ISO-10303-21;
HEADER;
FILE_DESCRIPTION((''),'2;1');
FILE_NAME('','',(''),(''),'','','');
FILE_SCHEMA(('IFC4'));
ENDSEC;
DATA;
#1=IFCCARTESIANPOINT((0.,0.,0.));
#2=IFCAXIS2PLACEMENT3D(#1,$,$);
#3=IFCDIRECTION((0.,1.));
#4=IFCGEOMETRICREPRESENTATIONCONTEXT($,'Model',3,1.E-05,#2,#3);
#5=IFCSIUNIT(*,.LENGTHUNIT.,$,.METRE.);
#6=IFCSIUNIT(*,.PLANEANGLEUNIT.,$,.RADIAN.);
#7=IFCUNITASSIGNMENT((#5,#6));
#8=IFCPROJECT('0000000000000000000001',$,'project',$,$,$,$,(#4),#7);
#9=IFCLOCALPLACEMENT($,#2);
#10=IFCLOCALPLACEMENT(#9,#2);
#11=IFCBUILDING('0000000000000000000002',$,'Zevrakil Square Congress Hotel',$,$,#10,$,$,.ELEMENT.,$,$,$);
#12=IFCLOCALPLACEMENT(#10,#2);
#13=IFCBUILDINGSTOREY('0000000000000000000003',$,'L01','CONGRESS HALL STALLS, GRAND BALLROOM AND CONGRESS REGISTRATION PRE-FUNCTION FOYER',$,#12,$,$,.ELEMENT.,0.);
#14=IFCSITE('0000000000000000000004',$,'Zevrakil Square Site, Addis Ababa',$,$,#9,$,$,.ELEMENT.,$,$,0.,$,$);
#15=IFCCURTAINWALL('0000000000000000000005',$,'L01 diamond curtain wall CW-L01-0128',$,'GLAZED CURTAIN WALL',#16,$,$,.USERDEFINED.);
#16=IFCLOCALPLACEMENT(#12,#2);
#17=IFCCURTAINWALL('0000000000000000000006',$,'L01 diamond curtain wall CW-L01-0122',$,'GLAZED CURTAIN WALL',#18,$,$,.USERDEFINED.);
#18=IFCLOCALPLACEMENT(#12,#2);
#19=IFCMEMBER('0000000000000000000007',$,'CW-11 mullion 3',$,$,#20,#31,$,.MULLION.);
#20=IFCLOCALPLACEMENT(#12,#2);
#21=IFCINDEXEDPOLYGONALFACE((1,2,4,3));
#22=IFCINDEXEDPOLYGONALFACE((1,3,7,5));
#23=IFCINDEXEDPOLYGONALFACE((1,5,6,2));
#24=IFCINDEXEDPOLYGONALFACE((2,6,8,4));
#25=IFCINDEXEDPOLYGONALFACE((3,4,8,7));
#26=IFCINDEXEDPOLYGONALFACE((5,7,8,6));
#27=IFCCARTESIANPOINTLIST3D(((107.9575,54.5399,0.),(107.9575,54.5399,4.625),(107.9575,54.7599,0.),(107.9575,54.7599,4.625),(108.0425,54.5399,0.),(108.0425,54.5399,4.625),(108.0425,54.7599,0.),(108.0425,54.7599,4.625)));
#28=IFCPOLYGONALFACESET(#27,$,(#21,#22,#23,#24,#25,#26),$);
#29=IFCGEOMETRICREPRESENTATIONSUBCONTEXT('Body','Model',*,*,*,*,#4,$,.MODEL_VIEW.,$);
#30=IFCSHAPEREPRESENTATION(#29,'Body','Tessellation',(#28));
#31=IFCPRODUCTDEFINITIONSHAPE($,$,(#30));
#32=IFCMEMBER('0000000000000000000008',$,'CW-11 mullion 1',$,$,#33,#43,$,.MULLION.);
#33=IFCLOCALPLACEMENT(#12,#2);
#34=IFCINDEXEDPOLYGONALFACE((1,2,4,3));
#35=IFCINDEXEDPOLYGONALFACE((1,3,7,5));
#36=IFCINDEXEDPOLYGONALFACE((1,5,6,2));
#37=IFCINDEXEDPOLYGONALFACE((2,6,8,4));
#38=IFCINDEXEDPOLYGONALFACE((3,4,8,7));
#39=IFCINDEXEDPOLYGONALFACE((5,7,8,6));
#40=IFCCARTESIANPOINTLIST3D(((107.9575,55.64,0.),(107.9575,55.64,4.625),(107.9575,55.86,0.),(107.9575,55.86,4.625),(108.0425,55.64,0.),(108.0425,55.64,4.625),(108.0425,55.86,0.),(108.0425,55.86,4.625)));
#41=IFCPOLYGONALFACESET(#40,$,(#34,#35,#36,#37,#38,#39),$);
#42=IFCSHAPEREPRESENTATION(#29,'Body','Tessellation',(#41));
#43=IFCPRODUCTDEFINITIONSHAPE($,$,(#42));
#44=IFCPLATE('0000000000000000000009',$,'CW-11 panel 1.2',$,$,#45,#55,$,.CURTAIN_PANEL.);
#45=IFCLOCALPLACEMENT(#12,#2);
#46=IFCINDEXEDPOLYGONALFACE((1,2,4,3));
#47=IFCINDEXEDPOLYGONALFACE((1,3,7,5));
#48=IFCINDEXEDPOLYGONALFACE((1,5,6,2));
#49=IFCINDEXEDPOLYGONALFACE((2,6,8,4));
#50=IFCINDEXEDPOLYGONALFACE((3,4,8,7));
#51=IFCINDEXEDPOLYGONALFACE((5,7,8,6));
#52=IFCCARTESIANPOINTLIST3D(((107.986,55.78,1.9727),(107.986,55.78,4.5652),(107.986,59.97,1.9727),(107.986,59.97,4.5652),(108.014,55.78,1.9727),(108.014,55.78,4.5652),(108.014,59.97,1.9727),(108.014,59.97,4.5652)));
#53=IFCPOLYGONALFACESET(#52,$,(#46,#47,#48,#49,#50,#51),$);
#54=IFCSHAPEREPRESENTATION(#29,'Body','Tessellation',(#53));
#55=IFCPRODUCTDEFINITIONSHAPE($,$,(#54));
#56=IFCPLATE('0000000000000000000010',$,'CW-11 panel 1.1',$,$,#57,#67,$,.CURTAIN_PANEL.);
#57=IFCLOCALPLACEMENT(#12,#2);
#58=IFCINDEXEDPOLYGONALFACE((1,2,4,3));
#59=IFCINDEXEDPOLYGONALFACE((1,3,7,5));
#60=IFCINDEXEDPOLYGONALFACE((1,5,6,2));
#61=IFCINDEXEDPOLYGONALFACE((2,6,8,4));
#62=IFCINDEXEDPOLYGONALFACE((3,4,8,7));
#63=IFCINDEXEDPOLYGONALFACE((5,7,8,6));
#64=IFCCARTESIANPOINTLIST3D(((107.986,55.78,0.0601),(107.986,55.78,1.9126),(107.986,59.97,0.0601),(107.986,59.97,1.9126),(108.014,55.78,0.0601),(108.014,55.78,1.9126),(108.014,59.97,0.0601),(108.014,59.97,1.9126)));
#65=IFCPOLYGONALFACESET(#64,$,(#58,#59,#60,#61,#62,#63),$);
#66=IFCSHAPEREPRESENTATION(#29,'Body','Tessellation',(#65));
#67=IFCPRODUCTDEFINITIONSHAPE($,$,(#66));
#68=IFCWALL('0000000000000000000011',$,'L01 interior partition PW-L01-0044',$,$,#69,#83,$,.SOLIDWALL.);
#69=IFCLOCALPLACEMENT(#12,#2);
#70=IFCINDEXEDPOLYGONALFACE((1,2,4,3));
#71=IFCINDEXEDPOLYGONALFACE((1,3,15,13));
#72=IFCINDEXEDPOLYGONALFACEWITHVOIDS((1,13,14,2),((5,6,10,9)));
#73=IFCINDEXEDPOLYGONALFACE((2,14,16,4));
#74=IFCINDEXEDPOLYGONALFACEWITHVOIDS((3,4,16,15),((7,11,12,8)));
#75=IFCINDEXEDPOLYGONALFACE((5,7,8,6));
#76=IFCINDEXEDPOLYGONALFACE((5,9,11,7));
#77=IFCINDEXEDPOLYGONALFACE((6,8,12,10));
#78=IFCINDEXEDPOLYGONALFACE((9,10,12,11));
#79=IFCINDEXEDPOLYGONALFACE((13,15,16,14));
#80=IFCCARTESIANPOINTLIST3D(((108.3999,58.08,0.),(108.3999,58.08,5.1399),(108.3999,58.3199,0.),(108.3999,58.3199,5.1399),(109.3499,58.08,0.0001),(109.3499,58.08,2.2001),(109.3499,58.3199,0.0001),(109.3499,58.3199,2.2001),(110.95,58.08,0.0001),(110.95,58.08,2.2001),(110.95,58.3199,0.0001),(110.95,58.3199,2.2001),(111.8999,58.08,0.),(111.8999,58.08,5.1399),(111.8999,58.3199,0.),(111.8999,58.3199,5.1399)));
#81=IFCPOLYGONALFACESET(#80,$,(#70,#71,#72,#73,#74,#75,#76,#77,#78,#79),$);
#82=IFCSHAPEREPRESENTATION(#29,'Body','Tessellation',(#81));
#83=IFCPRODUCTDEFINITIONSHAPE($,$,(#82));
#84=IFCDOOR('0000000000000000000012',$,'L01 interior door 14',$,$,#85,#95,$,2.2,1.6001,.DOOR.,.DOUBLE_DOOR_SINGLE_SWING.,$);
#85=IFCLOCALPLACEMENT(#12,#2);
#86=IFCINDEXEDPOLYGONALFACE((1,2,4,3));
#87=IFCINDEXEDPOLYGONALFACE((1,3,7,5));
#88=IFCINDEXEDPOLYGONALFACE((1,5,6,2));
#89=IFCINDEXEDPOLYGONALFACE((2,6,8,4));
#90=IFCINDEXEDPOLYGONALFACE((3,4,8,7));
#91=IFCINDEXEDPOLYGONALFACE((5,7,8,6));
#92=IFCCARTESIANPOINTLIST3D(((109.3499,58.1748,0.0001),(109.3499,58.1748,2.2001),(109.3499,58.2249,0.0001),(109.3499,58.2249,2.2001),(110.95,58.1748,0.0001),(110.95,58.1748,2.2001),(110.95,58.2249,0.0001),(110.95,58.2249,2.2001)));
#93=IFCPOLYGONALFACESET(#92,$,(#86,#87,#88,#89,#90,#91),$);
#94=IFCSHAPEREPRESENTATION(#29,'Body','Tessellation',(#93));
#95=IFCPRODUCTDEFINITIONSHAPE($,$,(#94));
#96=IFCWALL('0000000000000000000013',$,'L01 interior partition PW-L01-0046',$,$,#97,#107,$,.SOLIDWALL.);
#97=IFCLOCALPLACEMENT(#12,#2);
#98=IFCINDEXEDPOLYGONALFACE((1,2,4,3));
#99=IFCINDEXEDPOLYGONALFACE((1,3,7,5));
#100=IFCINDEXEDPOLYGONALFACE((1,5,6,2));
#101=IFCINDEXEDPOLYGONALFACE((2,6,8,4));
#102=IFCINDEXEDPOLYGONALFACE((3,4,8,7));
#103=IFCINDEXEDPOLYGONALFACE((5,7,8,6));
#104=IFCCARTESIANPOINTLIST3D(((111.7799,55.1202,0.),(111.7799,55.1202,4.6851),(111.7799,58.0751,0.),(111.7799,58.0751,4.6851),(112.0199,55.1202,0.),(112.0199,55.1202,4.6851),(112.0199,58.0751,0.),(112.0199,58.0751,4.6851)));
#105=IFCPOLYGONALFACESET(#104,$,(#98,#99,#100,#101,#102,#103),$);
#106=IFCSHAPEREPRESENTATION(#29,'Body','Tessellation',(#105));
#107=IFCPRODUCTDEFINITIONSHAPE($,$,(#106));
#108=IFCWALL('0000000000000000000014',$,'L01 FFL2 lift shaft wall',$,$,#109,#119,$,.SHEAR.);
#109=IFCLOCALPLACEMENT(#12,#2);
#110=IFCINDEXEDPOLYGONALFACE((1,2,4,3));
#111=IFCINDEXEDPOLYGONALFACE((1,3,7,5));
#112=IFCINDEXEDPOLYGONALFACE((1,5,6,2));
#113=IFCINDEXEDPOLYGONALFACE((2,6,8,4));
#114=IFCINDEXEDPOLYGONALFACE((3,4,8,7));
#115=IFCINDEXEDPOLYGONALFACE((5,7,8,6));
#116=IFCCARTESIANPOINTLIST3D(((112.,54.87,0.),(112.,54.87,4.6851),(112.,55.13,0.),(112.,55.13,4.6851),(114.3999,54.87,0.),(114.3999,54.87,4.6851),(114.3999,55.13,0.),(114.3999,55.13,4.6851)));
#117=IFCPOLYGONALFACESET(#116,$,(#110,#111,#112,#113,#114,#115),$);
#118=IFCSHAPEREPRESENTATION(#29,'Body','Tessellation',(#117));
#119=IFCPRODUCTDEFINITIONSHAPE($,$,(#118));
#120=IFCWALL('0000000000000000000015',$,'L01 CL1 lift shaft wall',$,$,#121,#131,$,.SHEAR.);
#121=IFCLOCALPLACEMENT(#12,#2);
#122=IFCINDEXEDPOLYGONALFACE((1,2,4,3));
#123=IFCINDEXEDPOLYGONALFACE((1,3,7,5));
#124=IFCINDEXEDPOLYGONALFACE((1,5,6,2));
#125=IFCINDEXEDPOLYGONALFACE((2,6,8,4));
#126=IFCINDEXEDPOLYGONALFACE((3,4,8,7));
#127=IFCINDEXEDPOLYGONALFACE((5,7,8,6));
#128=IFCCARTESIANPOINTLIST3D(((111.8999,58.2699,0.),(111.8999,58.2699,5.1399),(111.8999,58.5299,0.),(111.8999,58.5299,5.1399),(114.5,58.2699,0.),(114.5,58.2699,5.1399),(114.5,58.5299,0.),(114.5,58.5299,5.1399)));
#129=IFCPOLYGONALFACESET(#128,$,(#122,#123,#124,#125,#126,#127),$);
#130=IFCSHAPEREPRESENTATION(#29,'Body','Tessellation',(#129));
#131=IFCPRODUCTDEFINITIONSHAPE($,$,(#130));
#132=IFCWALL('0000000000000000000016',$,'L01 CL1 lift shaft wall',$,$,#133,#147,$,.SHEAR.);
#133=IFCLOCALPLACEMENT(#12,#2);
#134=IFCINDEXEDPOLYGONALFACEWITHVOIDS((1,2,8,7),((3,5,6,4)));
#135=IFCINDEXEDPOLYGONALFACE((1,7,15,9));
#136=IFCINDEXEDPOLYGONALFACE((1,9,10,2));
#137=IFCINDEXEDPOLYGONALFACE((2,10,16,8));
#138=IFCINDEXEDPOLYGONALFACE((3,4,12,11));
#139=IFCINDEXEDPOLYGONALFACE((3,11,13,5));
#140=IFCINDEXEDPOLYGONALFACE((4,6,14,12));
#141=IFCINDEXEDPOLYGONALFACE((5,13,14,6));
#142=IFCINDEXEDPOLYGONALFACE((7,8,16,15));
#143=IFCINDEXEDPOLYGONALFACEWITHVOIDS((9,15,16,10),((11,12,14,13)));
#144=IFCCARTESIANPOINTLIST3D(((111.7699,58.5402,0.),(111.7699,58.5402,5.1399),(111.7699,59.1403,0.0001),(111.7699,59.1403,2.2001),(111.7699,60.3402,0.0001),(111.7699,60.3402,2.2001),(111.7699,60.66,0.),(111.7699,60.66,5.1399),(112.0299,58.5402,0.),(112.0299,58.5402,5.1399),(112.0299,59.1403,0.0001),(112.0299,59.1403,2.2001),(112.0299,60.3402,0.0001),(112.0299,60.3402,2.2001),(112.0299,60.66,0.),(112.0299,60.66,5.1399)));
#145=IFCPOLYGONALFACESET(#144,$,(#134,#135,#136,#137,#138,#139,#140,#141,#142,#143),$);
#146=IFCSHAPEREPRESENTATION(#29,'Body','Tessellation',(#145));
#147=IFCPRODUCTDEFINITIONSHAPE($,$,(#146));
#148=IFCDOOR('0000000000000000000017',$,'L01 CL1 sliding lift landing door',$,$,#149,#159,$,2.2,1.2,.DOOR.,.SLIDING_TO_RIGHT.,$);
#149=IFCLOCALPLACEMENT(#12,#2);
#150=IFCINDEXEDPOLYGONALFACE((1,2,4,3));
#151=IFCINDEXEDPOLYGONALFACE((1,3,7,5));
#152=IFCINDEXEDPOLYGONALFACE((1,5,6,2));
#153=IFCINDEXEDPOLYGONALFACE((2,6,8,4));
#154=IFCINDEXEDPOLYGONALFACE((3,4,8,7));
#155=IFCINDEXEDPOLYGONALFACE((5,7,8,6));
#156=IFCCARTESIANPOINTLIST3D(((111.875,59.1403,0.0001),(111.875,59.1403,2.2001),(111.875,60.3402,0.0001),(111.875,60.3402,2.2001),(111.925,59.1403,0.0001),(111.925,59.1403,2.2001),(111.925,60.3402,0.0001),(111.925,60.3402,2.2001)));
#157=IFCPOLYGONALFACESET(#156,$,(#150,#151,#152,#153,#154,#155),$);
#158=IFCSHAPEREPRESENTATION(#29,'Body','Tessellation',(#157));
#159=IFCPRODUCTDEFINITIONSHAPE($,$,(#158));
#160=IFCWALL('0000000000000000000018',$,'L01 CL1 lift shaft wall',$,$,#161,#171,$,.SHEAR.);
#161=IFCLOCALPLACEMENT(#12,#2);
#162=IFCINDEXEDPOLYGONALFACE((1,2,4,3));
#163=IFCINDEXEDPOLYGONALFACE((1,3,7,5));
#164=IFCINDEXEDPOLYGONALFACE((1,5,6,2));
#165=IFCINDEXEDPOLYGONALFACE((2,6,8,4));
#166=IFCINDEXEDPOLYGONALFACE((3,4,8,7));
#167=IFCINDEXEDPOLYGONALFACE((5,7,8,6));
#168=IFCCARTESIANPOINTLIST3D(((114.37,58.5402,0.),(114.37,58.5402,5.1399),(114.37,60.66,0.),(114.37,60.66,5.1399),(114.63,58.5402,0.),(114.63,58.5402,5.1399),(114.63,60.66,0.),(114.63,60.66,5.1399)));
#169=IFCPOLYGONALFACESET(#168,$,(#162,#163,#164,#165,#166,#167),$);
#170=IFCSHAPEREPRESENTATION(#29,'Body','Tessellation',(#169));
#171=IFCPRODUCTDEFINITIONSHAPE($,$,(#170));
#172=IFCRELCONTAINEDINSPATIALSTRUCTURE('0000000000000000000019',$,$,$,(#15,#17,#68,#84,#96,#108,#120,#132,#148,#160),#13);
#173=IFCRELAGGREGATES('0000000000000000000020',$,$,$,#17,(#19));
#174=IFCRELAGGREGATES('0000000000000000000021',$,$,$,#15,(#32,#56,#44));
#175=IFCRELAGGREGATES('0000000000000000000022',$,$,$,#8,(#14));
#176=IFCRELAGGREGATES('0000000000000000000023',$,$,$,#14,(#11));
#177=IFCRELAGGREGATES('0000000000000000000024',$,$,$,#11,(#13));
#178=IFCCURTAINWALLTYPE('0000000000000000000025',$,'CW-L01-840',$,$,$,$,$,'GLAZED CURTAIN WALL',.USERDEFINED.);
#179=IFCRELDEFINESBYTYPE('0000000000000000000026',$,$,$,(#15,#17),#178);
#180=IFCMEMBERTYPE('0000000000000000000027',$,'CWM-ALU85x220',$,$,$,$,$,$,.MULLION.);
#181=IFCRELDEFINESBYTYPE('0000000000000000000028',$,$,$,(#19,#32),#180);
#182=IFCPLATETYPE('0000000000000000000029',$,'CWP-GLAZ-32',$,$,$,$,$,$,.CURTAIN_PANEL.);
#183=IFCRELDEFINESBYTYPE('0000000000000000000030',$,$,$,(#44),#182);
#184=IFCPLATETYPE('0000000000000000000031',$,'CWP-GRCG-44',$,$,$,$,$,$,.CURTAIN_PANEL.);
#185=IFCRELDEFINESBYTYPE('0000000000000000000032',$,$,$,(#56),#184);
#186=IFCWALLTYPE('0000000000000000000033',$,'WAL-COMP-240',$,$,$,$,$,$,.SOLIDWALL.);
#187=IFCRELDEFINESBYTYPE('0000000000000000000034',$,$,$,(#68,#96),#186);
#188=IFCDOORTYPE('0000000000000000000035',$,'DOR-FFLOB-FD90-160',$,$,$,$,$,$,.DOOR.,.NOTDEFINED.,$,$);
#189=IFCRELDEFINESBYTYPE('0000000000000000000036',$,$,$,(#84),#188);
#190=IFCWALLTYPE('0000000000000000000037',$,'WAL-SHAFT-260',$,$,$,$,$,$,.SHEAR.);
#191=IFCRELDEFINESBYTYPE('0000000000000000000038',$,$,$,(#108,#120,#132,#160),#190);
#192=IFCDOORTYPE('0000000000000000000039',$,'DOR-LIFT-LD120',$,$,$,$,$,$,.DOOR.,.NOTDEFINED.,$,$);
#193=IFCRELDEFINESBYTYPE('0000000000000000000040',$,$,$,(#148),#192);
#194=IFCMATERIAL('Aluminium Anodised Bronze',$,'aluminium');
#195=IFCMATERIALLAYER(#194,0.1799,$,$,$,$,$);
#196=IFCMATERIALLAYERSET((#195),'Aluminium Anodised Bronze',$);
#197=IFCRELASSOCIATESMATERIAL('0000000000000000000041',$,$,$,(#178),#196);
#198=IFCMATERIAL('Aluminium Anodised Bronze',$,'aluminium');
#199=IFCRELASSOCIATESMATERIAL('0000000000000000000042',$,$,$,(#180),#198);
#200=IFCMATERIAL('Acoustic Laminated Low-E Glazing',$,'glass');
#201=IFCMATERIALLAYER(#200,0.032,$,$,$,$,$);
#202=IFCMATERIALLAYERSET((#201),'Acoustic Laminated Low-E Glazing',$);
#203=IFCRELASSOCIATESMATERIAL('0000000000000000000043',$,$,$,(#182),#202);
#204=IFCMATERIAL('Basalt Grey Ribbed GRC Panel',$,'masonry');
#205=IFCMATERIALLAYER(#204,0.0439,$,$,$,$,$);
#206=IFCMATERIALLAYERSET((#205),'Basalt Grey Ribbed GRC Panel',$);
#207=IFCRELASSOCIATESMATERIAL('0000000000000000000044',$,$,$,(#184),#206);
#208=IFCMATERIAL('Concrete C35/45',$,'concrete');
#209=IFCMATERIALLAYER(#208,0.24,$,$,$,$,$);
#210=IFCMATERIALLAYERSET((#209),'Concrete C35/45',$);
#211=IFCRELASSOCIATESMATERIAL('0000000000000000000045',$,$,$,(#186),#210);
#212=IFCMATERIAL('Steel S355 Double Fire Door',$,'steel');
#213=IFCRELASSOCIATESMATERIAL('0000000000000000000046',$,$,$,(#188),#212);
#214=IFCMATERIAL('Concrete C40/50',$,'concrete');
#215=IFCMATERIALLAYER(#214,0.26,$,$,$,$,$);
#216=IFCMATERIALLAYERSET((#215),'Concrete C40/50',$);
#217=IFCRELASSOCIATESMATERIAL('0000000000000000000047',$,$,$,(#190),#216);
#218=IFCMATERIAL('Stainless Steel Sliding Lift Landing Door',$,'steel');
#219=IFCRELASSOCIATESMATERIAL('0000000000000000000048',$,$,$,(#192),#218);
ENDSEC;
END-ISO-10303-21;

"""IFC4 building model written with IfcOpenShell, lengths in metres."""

from ifc_helpers import new_model, si_unit, direction, frame, frame_2d, origin, origin_2d, place, context, subcontext, project, spatial, rectangle, extrude, material, layer, layer_set, material_profile, profile_set, type_object, element, fill, aggregate, save


model = new_model("IFC4")

# Units and contexts
model_context = context("Model", 3, precision=1e-05, world=origin(), true_north=direction((0.0, 1.0)))
body_context = subcontext(model_context, "Body", "Model", "MODEL_VIEW")
ifc_project = project(units=[si_unit("LENGTHUNIT", "METRE"), si_unit("PLANEANGLEUNIT", "RADIAN")], contexts=[model_context])

# Site, building, storey
site_placement = place(None, origin())
site = spatial("IfcSite", under=ifc_project, at=site_placement, Name="Zevrakil Square Site, Addis Ababa", CompositionType="ELEMENT", RefElevation=0.0)
building_placement = place(site_placement, origin())
building = spatial("IfcBuilding", under=site, at=building_placement, Name="Zevrakil Square Congress Hotel", CompositionType="ELEMENT")
storey_placement = place(building_placement, origin())
storey = spatial("IfcBuildingStorey", under=building, at=storey_placement, Name="L01", Description="CONGRESS HALL STALLS, GRAND BALLROOM AND CONGRESS REGISTRATION PRE-FUNCTION FOYER", CompositionType="ELEMENT", Elevation=0.0)

# Curtain wall
ifc_material_1 = material(Name="Aluminium Anodised Bronze", Category="aluminium")
ifc_layer_1 = layer(ifc_material_1, 0.1799)
ifc_layer_set_1 = layer_set([ifc_layer_1], Name="Aluminium Anodised Bronze")
curtain_wall_type = type_object("IfcCurtainWallType", Name="CW-L01-840", ElementType="GLAZED CURTAIN WALL", PredefinedType="USERDEFINED", material=ifc_layer_set_1)
curtain_wall_1_placement = place(storey_placement, origin())
curtain_wall_1 = element("IfcCurtainWall", 1, at=curtain_wall_1_placement, inside=storey, type_object=curtain_wall_type, Name="L01 diamond curtain wall CW-L01-0128", ObjectType="GLAZED CURTAIN WALL", PredefinedType="USERDEFINED")

# Curtain wall, member
curtain_wall_2_placement = place(storey_placement, origin())
curtain_wall_2 = element("IfcCurtainWall", 2, at=curtain_wall_2_placement, inside=storey, type_object=curtain_wall_type, Name="L01 diamond curtain wall CW-L01-0122", ObjectType="GLAZED CURTAIN WALL", PredefinedType="USERDEFINED")
ifc_material_2 = material(Name="Aluminium Anodised Bronze", Category="aluminium")
ifc_material_profile_1 = material_profile(ifc_material_2, rectangle(XDim=0.085, YDim=0.22, at=origin_2d()), Name="ALU 85x220")
ifc_profile_set_1 = profile_set([ifc_material_profile_1], Name="Aluminium Anodised Bronze")
member_type_1 = type_object("IfcMemberType", Name="CWM-ALU85x220", PredefinedType="MULLION", material=ifc_profile_set_1)
member_1_placement = place(storey_placement, frame((108.0, 54.6499, 0.0), z_axis=(0.0, 0.0, 1.0), x_axis=(-1.0, 0.0, 0.0)))
member_1 = element("IfcMember", 3, at=member_1_placement, type_object=member_type_1, Name="CW-11 mullion 3", PredefinedType="MULLION", context=body_context, shape_type="SweptSolid", body=[
    extrude(rectangle(XDim=0.085, YDim=0.22, at=origin_2d()), origin(), (0.0, 0.0, 1.0), 4.625),
])
aggregate(curtain_wall_2, [member_1])

# Member
member_2_placement = place(storey_placement, frame((108.0, 55.75, 0.0), z_axis=(0.0, 0.0, 1.0), x_axis=(-1.0, 0.0, 0.0)))
member_2 = element("IfcMember", 4, at=member_2_placement, type_object=member_type_1, Name="CW-11 mullion 1", PredefinedType="MULLION", context=body_context, shape_type="SweptSolid", body=[
    extrude(rectangle(XDim=0.085, YDim=0.22, at=origin_2d()), origin(), (0.0, 0.0, 1.0), 4.625),
])

# Plates
ifc_material_3 = material(Name="Acoustic Laminated Low-E Glazing", Category="glass")
ifc_layer_2 = layer(ifc_material_3, 0.032)
ifc_layer_set_2 = layer_set([ifc_layer_2], Name="Acoustic Laminated Low-E Glazing")
plate_type_1 = type_object("IfcPlateType", Name="CWP-GLAZ-32", PredefinedType="CURTAIN_PANEL", material=ifc_layer_set_2)
plate_1_placement = place(storey_placement, frame((108.0, 57.875, 1.9727), z_axis=(0.0, 0.0, 1.0), x_axis=(0.0, 1.0, 0.0)))
plate_1 = element("IfcPlate", 5, at=plate_1_placement, type_object=plate_type_1, Name="CW-11 panel 1.2", PredefinedType="CURTAIN_PANEL", context=body_context, shape_type="SweptSolid", body=[
    extrude(rectangle(XDim=4.1899, YDim=0.0281, at=origin_2d()), origin(), (0.0, 0.0, 1.0), 2.5925),
])
ifc_material_4 = material(Name="Basalt Grey Ribbed GRC Panel", Category="masonry")
ifc_layer_3 = layer(ifc_material_4, 0.0439)
ifc_layer_set_3 = layer_set([ifc_layer_3], Name="Basalt Grey Ribbed GRC Panel")
plate_type_2 = type_object("IfcPlateType", Name="CWP-GRCG-44", PredefinedType="CURTAIN_PANEL", material=ifc_layer_set_3)
plate_2_placement = place(storey_placement, frame((108.0, 57.875, 0.0601), z_axis=(0.0, 0.0, 1.0), x_axis=(0.0, 1.0, 0.0)))
plate_2 = element("IfcPlate", 6, at=plate_2_placement, type_object=plate_type_2, Name="CW-11 panel 1.1", PredefinedType="CURTAIN_PANEL", context=body_context, shape_type="SweptSolid", body=[
    extrude(rectangle(XDim=4.1899, YDim=0.0281, at=origin_2d()), origin(), (0.0, 0.0, 1.0), 1.8525),
])
aggregate(curtain_wall_1, [member_2, plate_2, plate_1])

# Wall, opening, door
ifc_material_5 = material(Name="Concrete C35/45", Category="concrete")
ifc_layer_4 = layer(ifc_material_5, 0.24)
ifc_layer_set_4 = layer_set([ifc_layer_4], Name="Concrete C35/45")
wall_type_1 = type_object("IfcWallType", Name="WAL-COMP-240", PredefinedType="SOLIDWALL", material=ifc_layer_set_4)
wall_1_placement = place(storey_placement, frame((108.3999, 58.2, 0.0), z_axis=(0.0, 0.0, 1.0), x_axis=(1.0, 0.0, 0.0)))
wall_1 = element("IfcWall", 7, at=wall_1_placement, inside=storey, type_object=wall_type_1, Name="L01 interior partition PW-L01-0044", PredefinedType="SOLIDWALL", context=body_context, shape_type="SweptSolid", body=[
    extrude(rectangle(XDim=3.5, YDim=0.24, at=frame_2d((1.75, 0.0))), origin(), (0.0, 0.0, 1.0), 5.1399),
])
opening_1_placement = place(wall_1_placement, frame((0.95, 0.0, 0.0)))
opening_1 = element("IfcOpeningElement", 8, at=opening_1_placement, cuts=wall_1, PredefinedType="OPENING", context=body_context, shape_type="SweptSolid", body=[
    extrude(rectangle(XDim=1.6001, YDim=2.2, at=frame_2d((0.8, 1.1001))), frame((0.0, 0.1299, 0.0), z_axis=(0.0, -1.0, 0.0), x_axis=(1.0, 0.0, 0.0)), (0.0, 0.0, 1.0), 0.26),
])
ifc_material_6 = material(Name="Steel S355 Double Fire Door", Category="steel")
door_type_1 = type_object("IfcDoorType", Name="DOR-FFLOB-FD90-160", OperationType="NOTDEFINED", PredefinedType="DOOR", material=ifc_material_6)
door_1_placement = place(opening_1_placement, origin())
door_1 = element("IfcDoor", 9, at=door_1_placement, inside=storey, type_object=door_type_1, Name="L01 interior door 14", OperationType="DOUBLE_DOOR_SINGLE_SWING", OverallHeight=2.2, OverallWidth=1.6001, PredefinedType="DOOR", context=body_context, shape_type="SweptSolid", body=[
    extrude(rectangle(XDim=1.6001, YDim=2.2, at=frame_2d((0.8, 1.1001))), frame((0.0, 0.0249, 0.0), z_axis=(0.0, -1.0, 0.0), x_axis=(1.0, 0.0, 0.0)), (0.0, 0.0, 1.0), 0.05),
])
fill(opening_1, door_1)

# Walls
wall_2_placement = place(storey_placement, frame((111.8999, 55.1201, 0.0), z_axis=(0.0, 0.0, 1.0), x_axis=(0.0, 1.0, 0.0)))
element("IfcWall", 10, at=wall_2_placement, inside=storey, type_object=wall_type_1, Name="L01 interior partition PW-L01-0046", PredefinedType="SOLIDWALL", context=body_context, shape_type="SweptSolid", body=[
    extrude(rectangle(XDim=2.9548, YDim=0.24, at=frame_2d((1.4775, 0.0))), origin(), (0.0, 0.0, 1.0), 4.6851),
])
ifc_material_7 = material(Name="Concrete C40/50", Category="concrete")
ifc_layer_5 = layer(ifc_material_7, 0.26)
ifc_layer_set_5 = layer_set([ifc_layer_5], Name="Concrete C40/50")
wall_type_2 = type_object("IfcWallType", Name="WAL-SHAFT-260", PredefinedType="SHEAR", material=ifc_layer_set_5)
wall_3_placement = place(storey_placement, frame((112.0, 55.0, 0.0), z_axis=(0.0, 0.0, 1.0), x_axis=(1.0, 0.0, 0.0)))
element("IfcWall", 11, at=wall_3_placement, inside=storey, type_object=wall_type_2, Name="L01 FFL2 lift shaft wall", PredefinedType="SHEAR", context=body_context, shape_type="SweptSolid", body=[
    extrude(rectangle(XDim=2.3999, YDim=0.26, at=frame_2d((1.2, 0.0))), origin(), (0.0, 0.0, 1.0), 4.6851),
])
wall_4_placement = place(storey_placement, frame((111.8999, 58.3999, 0.0), z_axis=(0.0, 0.0, 1.0), x_axis=(1.0, 0.0, 0.0)))
element("IfcWall", 12, at=wall_4_placement, inside=storey, type_object=wall_type_2, Name="L01 CL1 lift shaft wall", PredefinedType="SHEAR", context=body_context, shape_type="SweptSolid", body=[
    extrude(rectangle(XDim=2.6001, YDim=0.26, at=frame_2d((1.3, 0.0))), origin(), (0.0, 0.0, 1.0), 5.1399),
])

# Wall, opening, door
wall_5_placement = place(storey_placement, frame((111.8999, 58.54, 0.0), z_axis=(0.0, 0.0, 1.0), x_axis=(0.0, 1.0, 0.0)))
wall_5 = element("IfcWall", 13, at=wall_5_placement, inside=storey, type_object=wall_type_2, Name="L01 CL1 lift shaft wall", PredefinedType="SHEAR", context=body_context, shape_type="SweptSolid", body=[
    extrude(rectangle(XDim=2.1199, YDim=0.26, at=frame_2d((1.0601, 0.0))), origin(), (0.0, 0.0, 1.0), 5.1399),
])
opening_2_placement = place(wall_5_placement, frame((0.6001, 0.0, 0.0)))
opening_2 = element("IfcOpeningElement", 14, at=opening_2_placement, cuts=wall_5, PredefinedType="OPENING", context=body_context, shape_type="SweptSolid", body=[
    extrude(rectangle(XDim=1.2, YDim=2.2, at=frame_2d((0.6001, 1.1001))), frame((0.0, 0.1401, 0.0), z_axis=(0.0, -1.0, 0.0), x_axis=(1.0, 0.0, 0.0)), (0.0, 0.0, 1.0), 0.28),
])
ifc_material_8 = material(Name="Stainless Steel Sliding Lift Landing Door", Category="steel")
door_type_2 = type_object("IfcDoorType", Name="DOR-LIFT-LD120", OperationType="NOTDEFINED", PredefinedType="DOOR", material=ifc_material_8)
door_2_placement = place(opening_2_placement, origin())
door_2 = element("IfcDoor", 15, at=door_2_placement, inside=storey, type_object=door_type_2, Name="L01 CL1 sliding lift landing door", OperationType="SLIDING_TO_RIGHT", OverallHeight=2.2, OverallWidth=1.2, PredefinedType="DOOR", context=body_context, shape_type="SweptSolid", body=[
    extrude(rectangle(XDim=1.2, YDim=2.2, at=frame_2d((0.6001, 1.1001))), frame((0.0, 0.0249, 0.0), z_axis=(0.0, -1.0, 0.0), x_axis=(1.0, 0.0, 0.0)), (0.0, 0.0, 1.0), 0.05),
])
fill(opening_2, door_2)

# Wall
wall_6_placement = place(storey_placement, frame((114.5, 58.54, 0.0), z_axis=(0.0, 0.0, 1.0), x_axis=(0.0, 1.0, 0.0)))
element("IfcWall", 16, at=wall_6_placement, inside=storey, type_object=wall_type_2, Name="L01 CL1 lift shaft wall", PredefinedType="SHEAR", context=body_context, shape_type="SweptSolid", body=[
    extrude(rectangle(XDim=2.1199, YDim=0.26, at=frame_2d((1.0601, 0.0))), origin(), (0.0, 0.0, 1.0), 5.1399),
])

save(model, "model.ifc")
